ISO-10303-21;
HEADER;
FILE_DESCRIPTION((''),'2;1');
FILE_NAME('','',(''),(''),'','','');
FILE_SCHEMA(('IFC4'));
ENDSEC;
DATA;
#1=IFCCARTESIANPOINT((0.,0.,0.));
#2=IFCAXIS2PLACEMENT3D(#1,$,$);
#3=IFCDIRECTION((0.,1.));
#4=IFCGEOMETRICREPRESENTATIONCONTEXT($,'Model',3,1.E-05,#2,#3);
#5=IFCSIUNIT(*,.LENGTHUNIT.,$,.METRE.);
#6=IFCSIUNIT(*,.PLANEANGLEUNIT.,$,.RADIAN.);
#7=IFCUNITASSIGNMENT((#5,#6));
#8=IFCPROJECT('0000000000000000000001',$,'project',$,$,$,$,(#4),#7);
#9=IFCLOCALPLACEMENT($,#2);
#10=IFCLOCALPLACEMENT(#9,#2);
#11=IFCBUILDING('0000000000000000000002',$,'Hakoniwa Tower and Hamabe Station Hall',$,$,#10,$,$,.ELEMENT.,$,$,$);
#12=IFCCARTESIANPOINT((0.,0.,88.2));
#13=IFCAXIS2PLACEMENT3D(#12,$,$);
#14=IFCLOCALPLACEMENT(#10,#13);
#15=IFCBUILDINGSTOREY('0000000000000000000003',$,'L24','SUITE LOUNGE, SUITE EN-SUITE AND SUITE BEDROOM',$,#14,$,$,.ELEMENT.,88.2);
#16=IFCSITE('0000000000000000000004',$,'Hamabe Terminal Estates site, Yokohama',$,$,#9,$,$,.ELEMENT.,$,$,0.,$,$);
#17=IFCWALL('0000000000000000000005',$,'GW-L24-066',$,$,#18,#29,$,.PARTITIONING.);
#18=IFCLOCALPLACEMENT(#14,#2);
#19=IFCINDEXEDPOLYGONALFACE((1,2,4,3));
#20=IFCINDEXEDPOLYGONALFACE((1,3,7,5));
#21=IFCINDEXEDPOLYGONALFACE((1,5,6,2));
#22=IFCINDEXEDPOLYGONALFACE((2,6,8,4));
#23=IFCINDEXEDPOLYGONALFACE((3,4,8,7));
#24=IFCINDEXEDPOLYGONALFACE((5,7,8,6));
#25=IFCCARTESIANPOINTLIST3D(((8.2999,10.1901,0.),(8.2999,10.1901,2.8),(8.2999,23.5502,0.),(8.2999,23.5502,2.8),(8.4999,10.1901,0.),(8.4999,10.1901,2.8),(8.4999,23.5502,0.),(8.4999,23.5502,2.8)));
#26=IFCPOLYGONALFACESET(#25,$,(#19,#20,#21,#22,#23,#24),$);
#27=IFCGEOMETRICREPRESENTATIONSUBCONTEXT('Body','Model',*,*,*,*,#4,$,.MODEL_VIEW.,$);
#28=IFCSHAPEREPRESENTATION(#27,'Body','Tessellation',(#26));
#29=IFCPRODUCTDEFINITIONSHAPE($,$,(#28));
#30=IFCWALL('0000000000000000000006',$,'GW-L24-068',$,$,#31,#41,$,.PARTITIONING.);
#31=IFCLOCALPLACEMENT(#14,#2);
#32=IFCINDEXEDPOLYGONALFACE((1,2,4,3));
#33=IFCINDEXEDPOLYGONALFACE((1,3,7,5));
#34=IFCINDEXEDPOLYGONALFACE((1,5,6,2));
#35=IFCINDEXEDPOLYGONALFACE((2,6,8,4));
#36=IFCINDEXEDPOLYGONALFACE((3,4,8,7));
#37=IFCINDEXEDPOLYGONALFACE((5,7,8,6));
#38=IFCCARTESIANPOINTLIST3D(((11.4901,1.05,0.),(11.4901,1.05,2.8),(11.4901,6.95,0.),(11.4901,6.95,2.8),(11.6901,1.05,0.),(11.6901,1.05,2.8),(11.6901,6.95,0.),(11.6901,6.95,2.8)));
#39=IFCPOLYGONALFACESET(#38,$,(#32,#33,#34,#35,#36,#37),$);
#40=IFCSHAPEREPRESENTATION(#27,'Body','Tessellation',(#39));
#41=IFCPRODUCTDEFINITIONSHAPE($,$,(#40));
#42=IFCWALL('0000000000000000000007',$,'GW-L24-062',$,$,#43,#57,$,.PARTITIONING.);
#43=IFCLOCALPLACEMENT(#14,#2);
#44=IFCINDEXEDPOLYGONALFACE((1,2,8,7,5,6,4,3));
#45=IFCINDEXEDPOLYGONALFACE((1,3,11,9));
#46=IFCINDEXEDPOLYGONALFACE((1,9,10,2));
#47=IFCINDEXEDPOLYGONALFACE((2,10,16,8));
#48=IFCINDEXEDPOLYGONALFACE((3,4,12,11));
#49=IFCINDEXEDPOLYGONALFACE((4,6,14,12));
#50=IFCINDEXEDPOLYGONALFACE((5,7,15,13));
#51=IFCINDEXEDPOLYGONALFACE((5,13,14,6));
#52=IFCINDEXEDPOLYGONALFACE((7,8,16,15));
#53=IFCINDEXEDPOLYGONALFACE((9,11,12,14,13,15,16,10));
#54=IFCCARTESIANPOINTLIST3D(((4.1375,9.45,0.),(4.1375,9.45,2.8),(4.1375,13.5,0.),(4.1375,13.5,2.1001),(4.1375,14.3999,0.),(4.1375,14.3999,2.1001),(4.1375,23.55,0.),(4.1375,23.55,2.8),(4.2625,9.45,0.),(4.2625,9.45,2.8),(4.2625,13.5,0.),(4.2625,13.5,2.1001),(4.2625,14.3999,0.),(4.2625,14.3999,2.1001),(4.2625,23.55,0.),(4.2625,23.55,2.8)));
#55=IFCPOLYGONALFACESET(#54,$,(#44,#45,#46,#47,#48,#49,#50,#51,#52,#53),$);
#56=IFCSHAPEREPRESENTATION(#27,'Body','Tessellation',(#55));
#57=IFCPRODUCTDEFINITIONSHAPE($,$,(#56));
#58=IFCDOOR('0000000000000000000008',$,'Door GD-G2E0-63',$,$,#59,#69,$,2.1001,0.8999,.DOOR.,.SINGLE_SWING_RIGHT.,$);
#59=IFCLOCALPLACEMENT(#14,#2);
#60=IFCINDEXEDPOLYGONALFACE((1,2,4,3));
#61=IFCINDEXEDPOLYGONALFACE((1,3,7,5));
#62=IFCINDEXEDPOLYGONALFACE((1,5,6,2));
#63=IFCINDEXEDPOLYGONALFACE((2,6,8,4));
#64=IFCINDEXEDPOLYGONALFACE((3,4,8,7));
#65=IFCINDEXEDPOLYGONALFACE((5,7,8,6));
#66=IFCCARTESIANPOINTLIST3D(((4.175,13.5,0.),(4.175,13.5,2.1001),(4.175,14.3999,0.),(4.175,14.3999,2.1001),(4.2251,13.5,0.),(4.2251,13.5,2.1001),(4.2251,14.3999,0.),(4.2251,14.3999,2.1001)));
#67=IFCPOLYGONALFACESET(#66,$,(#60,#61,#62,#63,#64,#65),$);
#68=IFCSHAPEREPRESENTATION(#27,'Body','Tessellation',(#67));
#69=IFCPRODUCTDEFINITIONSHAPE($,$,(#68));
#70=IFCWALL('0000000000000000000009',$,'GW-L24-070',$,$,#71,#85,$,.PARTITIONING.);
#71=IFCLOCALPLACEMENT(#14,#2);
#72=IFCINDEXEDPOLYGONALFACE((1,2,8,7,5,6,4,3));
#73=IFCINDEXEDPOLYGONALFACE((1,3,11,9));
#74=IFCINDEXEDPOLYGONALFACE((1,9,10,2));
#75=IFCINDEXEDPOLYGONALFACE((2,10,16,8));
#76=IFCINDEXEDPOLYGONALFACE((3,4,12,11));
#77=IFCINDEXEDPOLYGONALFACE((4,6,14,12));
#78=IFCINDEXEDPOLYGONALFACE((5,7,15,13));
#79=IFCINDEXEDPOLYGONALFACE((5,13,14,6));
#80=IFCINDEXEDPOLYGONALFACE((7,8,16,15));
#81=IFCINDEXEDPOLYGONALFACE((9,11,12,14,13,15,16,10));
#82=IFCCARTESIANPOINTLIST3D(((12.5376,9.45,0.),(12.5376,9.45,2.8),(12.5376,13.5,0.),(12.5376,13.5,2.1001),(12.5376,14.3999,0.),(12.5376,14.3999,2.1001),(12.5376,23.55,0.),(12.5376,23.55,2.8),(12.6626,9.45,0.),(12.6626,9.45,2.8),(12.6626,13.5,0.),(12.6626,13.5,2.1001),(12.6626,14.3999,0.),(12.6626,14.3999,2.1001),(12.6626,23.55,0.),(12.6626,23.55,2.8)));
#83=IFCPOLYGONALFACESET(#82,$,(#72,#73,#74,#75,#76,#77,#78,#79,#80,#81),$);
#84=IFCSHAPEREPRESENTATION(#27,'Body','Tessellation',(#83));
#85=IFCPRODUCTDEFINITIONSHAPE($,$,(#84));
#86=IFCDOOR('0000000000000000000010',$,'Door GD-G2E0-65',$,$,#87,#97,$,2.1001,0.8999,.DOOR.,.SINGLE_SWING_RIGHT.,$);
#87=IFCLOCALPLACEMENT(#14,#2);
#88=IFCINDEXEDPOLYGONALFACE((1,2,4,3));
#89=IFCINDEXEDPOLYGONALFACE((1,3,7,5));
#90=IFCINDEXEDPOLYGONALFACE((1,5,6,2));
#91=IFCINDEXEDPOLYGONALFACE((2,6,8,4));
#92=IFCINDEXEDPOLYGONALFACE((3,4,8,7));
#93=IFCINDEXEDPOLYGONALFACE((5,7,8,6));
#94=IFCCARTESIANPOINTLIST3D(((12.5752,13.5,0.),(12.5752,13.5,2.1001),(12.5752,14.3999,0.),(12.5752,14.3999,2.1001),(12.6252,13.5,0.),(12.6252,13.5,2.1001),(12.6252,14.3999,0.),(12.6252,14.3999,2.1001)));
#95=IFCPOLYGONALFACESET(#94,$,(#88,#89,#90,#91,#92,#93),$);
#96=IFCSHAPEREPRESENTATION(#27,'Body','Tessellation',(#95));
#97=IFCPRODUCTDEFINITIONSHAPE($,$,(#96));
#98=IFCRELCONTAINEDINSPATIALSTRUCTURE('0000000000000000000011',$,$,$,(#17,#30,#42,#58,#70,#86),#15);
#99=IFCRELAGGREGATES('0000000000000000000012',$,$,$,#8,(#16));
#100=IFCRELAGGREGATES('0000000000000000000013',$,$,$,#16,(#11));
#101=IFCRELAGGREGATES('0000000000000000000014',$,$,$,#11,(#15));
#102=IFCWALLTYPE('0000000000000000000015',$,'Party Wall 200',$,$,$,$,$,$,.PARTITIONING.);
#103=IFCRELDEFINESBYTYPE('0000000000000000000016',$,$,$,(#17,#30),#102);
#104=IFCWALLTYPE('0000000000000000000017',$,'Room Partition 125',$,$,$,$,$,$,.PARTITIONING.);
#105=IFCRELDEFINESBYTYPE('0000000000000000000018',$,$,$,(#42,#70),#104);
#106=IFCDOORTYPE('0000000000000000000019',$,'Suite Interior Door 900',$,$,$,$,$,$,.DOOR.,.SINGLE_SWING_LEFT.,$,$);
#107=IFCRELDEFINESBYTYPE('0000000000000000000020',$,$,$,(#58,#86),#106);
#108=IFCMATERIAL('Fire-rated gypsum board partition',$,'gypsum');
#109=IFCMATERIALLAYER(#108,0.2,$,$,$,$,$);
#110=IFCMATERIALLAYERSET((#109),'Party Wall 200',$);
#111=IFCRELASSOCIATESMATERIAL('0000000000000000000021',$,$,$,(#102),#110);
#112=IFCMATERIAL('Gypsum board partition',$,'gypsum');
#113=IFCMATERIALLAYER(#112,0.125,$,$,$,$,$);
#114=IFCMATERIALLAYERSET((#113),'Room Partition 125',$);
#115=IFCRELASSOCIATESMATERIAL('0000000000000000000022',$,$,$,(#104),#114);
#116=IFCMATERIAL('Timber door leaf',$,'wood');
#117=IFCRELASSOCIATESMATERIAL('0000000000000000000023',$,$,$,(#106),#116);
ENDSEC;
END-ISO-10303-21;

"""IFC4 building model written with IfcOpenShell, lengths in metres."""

from ifc_helpers import new_model, si_unit, direction, frame, frame_2d, origin, place, context, subcontext, project, spatial, rectangle, extrude, material, layer, layer_set, type_object, element, fill, save


model = new_model("IFC4")

# Units and contexts
model_context = context("Model", 3, precision=1e-05, world=origin(), true_north=direction((0.0, 1.0)))
body_context = subcontext(model_context, "Body", "Model", "MODEL_VIEW")
ifc_project = project(units=[si_unit("LENGTHUNIT", "METRE"), si_unit("PLANEANGLEUNIT", "RADIAN")], contexts=[model_context])

# Site, building, storey
site_placement = place(None, origin())
site = spatial("IfcSite", under=ifc_project, at=site_placement, Name="Hamabe Terminal Estates site, Yokohama", CompositionType="ELEMENT", RefElevation=0.0)
building_placement = place(site_placement, origin())
building = spatial("IfcBuilding", under=site, at=building_placement, Name="Hakoniwa Tower and Hamabe Station Hall", CompositionType="ELEMENT")
storey_placement = place(building_placement, frame((0.0, 0.0, 88.2)))
storey = spatial("IfcBuildingStorey", under=building, at=storey_placement, Name="L24", Description="SUITE LOUNGE, SUITE EN-SUITE AND SUITE BEDROOM", CompositionType="ELEMENT", Elevation=88.2)

# Walls
ifc_material_1 = material(Name="Fire-rated gypsum board partition", Category="gypsum")
ifc_layer_1 = layer(ifc_material_1, 0.2)
ifc_layer_set_1 = layer_set([ifc_layer_1], Name="Party Wall 200")
wall_type_1 = type_object("IfcWallType", Name="Party Wall 200", PredefinedType="PARTITIONING", material=ifc_layer_set_1)
wall_1_placement = place(storey_placement, frame((8.3999, 10.1899, 0.0), z_axis=(0.0, 0.0, 1.0), x_axis=(0.0, 1.0, 0.0)))
element("IfcWall", 1, at=wall_1_placement, inside=storey, type_object=wall_type_1, Name="GW-L24-066", PredefinedType="PARTITIONING", context=body_context, shape_type="SweptSolid", body=[
    extrude(rectangle(XDim=13.3601, YDim=0.2, at=frame_2d((6.6802, 0.0))), origin(), (0.0, 0.0, 1.0), 2.8),
])
wall_2_placement = place(storey_placement, frame((11.5901, 1.05, 0.0), z_axis=(0.0, 0.0, 1.0), x_axis=(0.0, 1.0, 0.0)))
element("IfcWall", 2, at=wall_2_placement, inside=storey, type_object=wall_type_1, Name="GW-L24-068", PredefinedType="PARTITIONING", context=body_context, shape_type="SweptSolid", body=[
    extrude(rectangle(XDim=5.8999, YDim=0.2, at=frame_2d((2.95, 0.0))), origin(), (0.0, 0.0, 1.0), 2.8),
])

# Walls, openings, doors
ifc_material_2 = material(Name="Gypsum board partition", Category="gypsum")
ifc_layer_2 = layer(ifc_material_2, 0.125)
ifc_layer_set_2 = layer_set([ifc_layer_2], Name="Room Partition 125")
wall_type_2 = type_object("IfcWallType", Name="Room Partition 125", PredefinedType="PARTITIONING", material=ifc_layer_set_2)
wall_3_placement = place(storey_placement, frame((4.2, 9.45, 0.0), z_axis=(0.0, 0.0, 1.0), x_axis=(0.0, 1.0, 0.0)))
wall_3 = element("IfcWall", 3, at=wall_3_placement, inside=storey, type_object=wall_type_2, Name="GW-L24-062", PredefinedType="PARTITIONING", context=body_context, shape_type="SweptSolid", body=[
    extrude(rectangle(XDim=14.1001, YDim=0.125, at=frame_2d((7.05, 0.0))), origin(), (0.0, 0.0, 1.0), 2.8),
])
opening_1_placement = place(wall_3_placement, frame((4.05, 0.0, 0.0)))
opening_1 = element("IfcOpeningElement", 4, at=opening_1_placement, cuts=wall_3, PredefinedType="OPENING", context=body_context, shape_type="SweptSolid", body=[
    extrude(rectangle(XDim=0.8999, YDim=2.1001, at=frame_2d((0.45, 1.05))), frame((0.0, 0.0725, 0.0), z_axis=(0.0, -1.0, 0.0), x_axis=(1.0, 0.0, 0.0)), (0.0, 0.0, 1.0), 0.145),
])
ifc_material_3 = material(Name="Timber door leaf", Category="wood")
door_type_1 = type_object("IfcDoorType", Name="Suite Interior Door 900", OperationType="SINGLE_SWING_LEFT", PredefinedType="DOOR", material=ifc_material_3)
door_1_placement = place(opening_1_placement, origin())
door_1 = element("IfcDoor", 5, at=door_1_placement, inside=storey, type_object=door_type_1, Name="Door GD-G2E0-63", OperationType="SINGLE_SWING_RIGHT", OverallHeight=2.1001, OverallWidth=0.8999, PredefinedType="DOOR", context=body_context, shape_type="SweptSolid", body=[
    extrude(rectangle(XDim=0.8999, YDim=2.1001, at=frame_2d((0.45, 1.05))), frame((0.0, 0.0249, 0.0), z_axis=(0.0, -1.0, 0.0), x_axis=(1.0, 0.0, 0.0)), (0.0, 0.0, 1.0), 0.05),
])
fill(opening_1, door_1)
wall_4_placement = place(storey_placement, frame((12.6001, 9.45, 0.0), z_axis=(0.0, 0.0, 1.0), x_axis=(0.0, 1.0, 0.0)))
wall_4 = element("IfcWall", 6, at=wall_4_placement, inside=storey, type_object=wall_type_2, Name="GW-L24-070", PredefinedType="PARTITIONING", context=body_context, shape_type="SweptSolid", body=[
    extrude(rectangle(XDim=14.1001, YDim=0.125, at=frame_2d((7.05, 0.0))), origin(), (0.0, 0.0, 1.0), 2.8),
])
opening_2_placement = place(wall_4_placement, frame((4.05, 0.0, 0.0)))
opening_2 = element("IfcOpeningElement", 7, at=opening_2_placement, cuts=wall_4, PredefinedType="OPENING", context=body_context, shape_type="SweptSolid", body=[
    extrude(rectangle(XDim=0.8999, YDim=2.1001, at=frame_2d((0.45, 1.05))), frame((0.0, 0.0725, 0.0), z_axis=(0.0, -1.0, 0.0), x_axis=(1.0, 0.0, 0.0)), (0.0, 0.0, 1.0), 0.145),
])
door_2_placement = place(opening_2_placement, origin())
door_2 = element("IfcDoor", 8, at=door_2_placement, inside=storey, type_object=door_type_1, Name="Door GD-G2E0-65", OperationType="SINGLE_SWING_RIGHT", OverallHeight=2.1001, OverallWidth=0.8999, PredefinedType="DOOR", context=body_context, shape_type="SweptSolid", body=[
    extrude(rectangle(XDim=0.8999, YDim=2.1001, at=frame_2d((0.45, 1.05))), frame((0.0, 0.0249, 0.0), z_axis=(0.0, -1.0, 0.0), x_axis=(1.0, 0.0, 0.0)), (0.0, 0.0, 1.0), 0.05),
])
fill(opening_2, door_2)

save(model, "model.ifc")
